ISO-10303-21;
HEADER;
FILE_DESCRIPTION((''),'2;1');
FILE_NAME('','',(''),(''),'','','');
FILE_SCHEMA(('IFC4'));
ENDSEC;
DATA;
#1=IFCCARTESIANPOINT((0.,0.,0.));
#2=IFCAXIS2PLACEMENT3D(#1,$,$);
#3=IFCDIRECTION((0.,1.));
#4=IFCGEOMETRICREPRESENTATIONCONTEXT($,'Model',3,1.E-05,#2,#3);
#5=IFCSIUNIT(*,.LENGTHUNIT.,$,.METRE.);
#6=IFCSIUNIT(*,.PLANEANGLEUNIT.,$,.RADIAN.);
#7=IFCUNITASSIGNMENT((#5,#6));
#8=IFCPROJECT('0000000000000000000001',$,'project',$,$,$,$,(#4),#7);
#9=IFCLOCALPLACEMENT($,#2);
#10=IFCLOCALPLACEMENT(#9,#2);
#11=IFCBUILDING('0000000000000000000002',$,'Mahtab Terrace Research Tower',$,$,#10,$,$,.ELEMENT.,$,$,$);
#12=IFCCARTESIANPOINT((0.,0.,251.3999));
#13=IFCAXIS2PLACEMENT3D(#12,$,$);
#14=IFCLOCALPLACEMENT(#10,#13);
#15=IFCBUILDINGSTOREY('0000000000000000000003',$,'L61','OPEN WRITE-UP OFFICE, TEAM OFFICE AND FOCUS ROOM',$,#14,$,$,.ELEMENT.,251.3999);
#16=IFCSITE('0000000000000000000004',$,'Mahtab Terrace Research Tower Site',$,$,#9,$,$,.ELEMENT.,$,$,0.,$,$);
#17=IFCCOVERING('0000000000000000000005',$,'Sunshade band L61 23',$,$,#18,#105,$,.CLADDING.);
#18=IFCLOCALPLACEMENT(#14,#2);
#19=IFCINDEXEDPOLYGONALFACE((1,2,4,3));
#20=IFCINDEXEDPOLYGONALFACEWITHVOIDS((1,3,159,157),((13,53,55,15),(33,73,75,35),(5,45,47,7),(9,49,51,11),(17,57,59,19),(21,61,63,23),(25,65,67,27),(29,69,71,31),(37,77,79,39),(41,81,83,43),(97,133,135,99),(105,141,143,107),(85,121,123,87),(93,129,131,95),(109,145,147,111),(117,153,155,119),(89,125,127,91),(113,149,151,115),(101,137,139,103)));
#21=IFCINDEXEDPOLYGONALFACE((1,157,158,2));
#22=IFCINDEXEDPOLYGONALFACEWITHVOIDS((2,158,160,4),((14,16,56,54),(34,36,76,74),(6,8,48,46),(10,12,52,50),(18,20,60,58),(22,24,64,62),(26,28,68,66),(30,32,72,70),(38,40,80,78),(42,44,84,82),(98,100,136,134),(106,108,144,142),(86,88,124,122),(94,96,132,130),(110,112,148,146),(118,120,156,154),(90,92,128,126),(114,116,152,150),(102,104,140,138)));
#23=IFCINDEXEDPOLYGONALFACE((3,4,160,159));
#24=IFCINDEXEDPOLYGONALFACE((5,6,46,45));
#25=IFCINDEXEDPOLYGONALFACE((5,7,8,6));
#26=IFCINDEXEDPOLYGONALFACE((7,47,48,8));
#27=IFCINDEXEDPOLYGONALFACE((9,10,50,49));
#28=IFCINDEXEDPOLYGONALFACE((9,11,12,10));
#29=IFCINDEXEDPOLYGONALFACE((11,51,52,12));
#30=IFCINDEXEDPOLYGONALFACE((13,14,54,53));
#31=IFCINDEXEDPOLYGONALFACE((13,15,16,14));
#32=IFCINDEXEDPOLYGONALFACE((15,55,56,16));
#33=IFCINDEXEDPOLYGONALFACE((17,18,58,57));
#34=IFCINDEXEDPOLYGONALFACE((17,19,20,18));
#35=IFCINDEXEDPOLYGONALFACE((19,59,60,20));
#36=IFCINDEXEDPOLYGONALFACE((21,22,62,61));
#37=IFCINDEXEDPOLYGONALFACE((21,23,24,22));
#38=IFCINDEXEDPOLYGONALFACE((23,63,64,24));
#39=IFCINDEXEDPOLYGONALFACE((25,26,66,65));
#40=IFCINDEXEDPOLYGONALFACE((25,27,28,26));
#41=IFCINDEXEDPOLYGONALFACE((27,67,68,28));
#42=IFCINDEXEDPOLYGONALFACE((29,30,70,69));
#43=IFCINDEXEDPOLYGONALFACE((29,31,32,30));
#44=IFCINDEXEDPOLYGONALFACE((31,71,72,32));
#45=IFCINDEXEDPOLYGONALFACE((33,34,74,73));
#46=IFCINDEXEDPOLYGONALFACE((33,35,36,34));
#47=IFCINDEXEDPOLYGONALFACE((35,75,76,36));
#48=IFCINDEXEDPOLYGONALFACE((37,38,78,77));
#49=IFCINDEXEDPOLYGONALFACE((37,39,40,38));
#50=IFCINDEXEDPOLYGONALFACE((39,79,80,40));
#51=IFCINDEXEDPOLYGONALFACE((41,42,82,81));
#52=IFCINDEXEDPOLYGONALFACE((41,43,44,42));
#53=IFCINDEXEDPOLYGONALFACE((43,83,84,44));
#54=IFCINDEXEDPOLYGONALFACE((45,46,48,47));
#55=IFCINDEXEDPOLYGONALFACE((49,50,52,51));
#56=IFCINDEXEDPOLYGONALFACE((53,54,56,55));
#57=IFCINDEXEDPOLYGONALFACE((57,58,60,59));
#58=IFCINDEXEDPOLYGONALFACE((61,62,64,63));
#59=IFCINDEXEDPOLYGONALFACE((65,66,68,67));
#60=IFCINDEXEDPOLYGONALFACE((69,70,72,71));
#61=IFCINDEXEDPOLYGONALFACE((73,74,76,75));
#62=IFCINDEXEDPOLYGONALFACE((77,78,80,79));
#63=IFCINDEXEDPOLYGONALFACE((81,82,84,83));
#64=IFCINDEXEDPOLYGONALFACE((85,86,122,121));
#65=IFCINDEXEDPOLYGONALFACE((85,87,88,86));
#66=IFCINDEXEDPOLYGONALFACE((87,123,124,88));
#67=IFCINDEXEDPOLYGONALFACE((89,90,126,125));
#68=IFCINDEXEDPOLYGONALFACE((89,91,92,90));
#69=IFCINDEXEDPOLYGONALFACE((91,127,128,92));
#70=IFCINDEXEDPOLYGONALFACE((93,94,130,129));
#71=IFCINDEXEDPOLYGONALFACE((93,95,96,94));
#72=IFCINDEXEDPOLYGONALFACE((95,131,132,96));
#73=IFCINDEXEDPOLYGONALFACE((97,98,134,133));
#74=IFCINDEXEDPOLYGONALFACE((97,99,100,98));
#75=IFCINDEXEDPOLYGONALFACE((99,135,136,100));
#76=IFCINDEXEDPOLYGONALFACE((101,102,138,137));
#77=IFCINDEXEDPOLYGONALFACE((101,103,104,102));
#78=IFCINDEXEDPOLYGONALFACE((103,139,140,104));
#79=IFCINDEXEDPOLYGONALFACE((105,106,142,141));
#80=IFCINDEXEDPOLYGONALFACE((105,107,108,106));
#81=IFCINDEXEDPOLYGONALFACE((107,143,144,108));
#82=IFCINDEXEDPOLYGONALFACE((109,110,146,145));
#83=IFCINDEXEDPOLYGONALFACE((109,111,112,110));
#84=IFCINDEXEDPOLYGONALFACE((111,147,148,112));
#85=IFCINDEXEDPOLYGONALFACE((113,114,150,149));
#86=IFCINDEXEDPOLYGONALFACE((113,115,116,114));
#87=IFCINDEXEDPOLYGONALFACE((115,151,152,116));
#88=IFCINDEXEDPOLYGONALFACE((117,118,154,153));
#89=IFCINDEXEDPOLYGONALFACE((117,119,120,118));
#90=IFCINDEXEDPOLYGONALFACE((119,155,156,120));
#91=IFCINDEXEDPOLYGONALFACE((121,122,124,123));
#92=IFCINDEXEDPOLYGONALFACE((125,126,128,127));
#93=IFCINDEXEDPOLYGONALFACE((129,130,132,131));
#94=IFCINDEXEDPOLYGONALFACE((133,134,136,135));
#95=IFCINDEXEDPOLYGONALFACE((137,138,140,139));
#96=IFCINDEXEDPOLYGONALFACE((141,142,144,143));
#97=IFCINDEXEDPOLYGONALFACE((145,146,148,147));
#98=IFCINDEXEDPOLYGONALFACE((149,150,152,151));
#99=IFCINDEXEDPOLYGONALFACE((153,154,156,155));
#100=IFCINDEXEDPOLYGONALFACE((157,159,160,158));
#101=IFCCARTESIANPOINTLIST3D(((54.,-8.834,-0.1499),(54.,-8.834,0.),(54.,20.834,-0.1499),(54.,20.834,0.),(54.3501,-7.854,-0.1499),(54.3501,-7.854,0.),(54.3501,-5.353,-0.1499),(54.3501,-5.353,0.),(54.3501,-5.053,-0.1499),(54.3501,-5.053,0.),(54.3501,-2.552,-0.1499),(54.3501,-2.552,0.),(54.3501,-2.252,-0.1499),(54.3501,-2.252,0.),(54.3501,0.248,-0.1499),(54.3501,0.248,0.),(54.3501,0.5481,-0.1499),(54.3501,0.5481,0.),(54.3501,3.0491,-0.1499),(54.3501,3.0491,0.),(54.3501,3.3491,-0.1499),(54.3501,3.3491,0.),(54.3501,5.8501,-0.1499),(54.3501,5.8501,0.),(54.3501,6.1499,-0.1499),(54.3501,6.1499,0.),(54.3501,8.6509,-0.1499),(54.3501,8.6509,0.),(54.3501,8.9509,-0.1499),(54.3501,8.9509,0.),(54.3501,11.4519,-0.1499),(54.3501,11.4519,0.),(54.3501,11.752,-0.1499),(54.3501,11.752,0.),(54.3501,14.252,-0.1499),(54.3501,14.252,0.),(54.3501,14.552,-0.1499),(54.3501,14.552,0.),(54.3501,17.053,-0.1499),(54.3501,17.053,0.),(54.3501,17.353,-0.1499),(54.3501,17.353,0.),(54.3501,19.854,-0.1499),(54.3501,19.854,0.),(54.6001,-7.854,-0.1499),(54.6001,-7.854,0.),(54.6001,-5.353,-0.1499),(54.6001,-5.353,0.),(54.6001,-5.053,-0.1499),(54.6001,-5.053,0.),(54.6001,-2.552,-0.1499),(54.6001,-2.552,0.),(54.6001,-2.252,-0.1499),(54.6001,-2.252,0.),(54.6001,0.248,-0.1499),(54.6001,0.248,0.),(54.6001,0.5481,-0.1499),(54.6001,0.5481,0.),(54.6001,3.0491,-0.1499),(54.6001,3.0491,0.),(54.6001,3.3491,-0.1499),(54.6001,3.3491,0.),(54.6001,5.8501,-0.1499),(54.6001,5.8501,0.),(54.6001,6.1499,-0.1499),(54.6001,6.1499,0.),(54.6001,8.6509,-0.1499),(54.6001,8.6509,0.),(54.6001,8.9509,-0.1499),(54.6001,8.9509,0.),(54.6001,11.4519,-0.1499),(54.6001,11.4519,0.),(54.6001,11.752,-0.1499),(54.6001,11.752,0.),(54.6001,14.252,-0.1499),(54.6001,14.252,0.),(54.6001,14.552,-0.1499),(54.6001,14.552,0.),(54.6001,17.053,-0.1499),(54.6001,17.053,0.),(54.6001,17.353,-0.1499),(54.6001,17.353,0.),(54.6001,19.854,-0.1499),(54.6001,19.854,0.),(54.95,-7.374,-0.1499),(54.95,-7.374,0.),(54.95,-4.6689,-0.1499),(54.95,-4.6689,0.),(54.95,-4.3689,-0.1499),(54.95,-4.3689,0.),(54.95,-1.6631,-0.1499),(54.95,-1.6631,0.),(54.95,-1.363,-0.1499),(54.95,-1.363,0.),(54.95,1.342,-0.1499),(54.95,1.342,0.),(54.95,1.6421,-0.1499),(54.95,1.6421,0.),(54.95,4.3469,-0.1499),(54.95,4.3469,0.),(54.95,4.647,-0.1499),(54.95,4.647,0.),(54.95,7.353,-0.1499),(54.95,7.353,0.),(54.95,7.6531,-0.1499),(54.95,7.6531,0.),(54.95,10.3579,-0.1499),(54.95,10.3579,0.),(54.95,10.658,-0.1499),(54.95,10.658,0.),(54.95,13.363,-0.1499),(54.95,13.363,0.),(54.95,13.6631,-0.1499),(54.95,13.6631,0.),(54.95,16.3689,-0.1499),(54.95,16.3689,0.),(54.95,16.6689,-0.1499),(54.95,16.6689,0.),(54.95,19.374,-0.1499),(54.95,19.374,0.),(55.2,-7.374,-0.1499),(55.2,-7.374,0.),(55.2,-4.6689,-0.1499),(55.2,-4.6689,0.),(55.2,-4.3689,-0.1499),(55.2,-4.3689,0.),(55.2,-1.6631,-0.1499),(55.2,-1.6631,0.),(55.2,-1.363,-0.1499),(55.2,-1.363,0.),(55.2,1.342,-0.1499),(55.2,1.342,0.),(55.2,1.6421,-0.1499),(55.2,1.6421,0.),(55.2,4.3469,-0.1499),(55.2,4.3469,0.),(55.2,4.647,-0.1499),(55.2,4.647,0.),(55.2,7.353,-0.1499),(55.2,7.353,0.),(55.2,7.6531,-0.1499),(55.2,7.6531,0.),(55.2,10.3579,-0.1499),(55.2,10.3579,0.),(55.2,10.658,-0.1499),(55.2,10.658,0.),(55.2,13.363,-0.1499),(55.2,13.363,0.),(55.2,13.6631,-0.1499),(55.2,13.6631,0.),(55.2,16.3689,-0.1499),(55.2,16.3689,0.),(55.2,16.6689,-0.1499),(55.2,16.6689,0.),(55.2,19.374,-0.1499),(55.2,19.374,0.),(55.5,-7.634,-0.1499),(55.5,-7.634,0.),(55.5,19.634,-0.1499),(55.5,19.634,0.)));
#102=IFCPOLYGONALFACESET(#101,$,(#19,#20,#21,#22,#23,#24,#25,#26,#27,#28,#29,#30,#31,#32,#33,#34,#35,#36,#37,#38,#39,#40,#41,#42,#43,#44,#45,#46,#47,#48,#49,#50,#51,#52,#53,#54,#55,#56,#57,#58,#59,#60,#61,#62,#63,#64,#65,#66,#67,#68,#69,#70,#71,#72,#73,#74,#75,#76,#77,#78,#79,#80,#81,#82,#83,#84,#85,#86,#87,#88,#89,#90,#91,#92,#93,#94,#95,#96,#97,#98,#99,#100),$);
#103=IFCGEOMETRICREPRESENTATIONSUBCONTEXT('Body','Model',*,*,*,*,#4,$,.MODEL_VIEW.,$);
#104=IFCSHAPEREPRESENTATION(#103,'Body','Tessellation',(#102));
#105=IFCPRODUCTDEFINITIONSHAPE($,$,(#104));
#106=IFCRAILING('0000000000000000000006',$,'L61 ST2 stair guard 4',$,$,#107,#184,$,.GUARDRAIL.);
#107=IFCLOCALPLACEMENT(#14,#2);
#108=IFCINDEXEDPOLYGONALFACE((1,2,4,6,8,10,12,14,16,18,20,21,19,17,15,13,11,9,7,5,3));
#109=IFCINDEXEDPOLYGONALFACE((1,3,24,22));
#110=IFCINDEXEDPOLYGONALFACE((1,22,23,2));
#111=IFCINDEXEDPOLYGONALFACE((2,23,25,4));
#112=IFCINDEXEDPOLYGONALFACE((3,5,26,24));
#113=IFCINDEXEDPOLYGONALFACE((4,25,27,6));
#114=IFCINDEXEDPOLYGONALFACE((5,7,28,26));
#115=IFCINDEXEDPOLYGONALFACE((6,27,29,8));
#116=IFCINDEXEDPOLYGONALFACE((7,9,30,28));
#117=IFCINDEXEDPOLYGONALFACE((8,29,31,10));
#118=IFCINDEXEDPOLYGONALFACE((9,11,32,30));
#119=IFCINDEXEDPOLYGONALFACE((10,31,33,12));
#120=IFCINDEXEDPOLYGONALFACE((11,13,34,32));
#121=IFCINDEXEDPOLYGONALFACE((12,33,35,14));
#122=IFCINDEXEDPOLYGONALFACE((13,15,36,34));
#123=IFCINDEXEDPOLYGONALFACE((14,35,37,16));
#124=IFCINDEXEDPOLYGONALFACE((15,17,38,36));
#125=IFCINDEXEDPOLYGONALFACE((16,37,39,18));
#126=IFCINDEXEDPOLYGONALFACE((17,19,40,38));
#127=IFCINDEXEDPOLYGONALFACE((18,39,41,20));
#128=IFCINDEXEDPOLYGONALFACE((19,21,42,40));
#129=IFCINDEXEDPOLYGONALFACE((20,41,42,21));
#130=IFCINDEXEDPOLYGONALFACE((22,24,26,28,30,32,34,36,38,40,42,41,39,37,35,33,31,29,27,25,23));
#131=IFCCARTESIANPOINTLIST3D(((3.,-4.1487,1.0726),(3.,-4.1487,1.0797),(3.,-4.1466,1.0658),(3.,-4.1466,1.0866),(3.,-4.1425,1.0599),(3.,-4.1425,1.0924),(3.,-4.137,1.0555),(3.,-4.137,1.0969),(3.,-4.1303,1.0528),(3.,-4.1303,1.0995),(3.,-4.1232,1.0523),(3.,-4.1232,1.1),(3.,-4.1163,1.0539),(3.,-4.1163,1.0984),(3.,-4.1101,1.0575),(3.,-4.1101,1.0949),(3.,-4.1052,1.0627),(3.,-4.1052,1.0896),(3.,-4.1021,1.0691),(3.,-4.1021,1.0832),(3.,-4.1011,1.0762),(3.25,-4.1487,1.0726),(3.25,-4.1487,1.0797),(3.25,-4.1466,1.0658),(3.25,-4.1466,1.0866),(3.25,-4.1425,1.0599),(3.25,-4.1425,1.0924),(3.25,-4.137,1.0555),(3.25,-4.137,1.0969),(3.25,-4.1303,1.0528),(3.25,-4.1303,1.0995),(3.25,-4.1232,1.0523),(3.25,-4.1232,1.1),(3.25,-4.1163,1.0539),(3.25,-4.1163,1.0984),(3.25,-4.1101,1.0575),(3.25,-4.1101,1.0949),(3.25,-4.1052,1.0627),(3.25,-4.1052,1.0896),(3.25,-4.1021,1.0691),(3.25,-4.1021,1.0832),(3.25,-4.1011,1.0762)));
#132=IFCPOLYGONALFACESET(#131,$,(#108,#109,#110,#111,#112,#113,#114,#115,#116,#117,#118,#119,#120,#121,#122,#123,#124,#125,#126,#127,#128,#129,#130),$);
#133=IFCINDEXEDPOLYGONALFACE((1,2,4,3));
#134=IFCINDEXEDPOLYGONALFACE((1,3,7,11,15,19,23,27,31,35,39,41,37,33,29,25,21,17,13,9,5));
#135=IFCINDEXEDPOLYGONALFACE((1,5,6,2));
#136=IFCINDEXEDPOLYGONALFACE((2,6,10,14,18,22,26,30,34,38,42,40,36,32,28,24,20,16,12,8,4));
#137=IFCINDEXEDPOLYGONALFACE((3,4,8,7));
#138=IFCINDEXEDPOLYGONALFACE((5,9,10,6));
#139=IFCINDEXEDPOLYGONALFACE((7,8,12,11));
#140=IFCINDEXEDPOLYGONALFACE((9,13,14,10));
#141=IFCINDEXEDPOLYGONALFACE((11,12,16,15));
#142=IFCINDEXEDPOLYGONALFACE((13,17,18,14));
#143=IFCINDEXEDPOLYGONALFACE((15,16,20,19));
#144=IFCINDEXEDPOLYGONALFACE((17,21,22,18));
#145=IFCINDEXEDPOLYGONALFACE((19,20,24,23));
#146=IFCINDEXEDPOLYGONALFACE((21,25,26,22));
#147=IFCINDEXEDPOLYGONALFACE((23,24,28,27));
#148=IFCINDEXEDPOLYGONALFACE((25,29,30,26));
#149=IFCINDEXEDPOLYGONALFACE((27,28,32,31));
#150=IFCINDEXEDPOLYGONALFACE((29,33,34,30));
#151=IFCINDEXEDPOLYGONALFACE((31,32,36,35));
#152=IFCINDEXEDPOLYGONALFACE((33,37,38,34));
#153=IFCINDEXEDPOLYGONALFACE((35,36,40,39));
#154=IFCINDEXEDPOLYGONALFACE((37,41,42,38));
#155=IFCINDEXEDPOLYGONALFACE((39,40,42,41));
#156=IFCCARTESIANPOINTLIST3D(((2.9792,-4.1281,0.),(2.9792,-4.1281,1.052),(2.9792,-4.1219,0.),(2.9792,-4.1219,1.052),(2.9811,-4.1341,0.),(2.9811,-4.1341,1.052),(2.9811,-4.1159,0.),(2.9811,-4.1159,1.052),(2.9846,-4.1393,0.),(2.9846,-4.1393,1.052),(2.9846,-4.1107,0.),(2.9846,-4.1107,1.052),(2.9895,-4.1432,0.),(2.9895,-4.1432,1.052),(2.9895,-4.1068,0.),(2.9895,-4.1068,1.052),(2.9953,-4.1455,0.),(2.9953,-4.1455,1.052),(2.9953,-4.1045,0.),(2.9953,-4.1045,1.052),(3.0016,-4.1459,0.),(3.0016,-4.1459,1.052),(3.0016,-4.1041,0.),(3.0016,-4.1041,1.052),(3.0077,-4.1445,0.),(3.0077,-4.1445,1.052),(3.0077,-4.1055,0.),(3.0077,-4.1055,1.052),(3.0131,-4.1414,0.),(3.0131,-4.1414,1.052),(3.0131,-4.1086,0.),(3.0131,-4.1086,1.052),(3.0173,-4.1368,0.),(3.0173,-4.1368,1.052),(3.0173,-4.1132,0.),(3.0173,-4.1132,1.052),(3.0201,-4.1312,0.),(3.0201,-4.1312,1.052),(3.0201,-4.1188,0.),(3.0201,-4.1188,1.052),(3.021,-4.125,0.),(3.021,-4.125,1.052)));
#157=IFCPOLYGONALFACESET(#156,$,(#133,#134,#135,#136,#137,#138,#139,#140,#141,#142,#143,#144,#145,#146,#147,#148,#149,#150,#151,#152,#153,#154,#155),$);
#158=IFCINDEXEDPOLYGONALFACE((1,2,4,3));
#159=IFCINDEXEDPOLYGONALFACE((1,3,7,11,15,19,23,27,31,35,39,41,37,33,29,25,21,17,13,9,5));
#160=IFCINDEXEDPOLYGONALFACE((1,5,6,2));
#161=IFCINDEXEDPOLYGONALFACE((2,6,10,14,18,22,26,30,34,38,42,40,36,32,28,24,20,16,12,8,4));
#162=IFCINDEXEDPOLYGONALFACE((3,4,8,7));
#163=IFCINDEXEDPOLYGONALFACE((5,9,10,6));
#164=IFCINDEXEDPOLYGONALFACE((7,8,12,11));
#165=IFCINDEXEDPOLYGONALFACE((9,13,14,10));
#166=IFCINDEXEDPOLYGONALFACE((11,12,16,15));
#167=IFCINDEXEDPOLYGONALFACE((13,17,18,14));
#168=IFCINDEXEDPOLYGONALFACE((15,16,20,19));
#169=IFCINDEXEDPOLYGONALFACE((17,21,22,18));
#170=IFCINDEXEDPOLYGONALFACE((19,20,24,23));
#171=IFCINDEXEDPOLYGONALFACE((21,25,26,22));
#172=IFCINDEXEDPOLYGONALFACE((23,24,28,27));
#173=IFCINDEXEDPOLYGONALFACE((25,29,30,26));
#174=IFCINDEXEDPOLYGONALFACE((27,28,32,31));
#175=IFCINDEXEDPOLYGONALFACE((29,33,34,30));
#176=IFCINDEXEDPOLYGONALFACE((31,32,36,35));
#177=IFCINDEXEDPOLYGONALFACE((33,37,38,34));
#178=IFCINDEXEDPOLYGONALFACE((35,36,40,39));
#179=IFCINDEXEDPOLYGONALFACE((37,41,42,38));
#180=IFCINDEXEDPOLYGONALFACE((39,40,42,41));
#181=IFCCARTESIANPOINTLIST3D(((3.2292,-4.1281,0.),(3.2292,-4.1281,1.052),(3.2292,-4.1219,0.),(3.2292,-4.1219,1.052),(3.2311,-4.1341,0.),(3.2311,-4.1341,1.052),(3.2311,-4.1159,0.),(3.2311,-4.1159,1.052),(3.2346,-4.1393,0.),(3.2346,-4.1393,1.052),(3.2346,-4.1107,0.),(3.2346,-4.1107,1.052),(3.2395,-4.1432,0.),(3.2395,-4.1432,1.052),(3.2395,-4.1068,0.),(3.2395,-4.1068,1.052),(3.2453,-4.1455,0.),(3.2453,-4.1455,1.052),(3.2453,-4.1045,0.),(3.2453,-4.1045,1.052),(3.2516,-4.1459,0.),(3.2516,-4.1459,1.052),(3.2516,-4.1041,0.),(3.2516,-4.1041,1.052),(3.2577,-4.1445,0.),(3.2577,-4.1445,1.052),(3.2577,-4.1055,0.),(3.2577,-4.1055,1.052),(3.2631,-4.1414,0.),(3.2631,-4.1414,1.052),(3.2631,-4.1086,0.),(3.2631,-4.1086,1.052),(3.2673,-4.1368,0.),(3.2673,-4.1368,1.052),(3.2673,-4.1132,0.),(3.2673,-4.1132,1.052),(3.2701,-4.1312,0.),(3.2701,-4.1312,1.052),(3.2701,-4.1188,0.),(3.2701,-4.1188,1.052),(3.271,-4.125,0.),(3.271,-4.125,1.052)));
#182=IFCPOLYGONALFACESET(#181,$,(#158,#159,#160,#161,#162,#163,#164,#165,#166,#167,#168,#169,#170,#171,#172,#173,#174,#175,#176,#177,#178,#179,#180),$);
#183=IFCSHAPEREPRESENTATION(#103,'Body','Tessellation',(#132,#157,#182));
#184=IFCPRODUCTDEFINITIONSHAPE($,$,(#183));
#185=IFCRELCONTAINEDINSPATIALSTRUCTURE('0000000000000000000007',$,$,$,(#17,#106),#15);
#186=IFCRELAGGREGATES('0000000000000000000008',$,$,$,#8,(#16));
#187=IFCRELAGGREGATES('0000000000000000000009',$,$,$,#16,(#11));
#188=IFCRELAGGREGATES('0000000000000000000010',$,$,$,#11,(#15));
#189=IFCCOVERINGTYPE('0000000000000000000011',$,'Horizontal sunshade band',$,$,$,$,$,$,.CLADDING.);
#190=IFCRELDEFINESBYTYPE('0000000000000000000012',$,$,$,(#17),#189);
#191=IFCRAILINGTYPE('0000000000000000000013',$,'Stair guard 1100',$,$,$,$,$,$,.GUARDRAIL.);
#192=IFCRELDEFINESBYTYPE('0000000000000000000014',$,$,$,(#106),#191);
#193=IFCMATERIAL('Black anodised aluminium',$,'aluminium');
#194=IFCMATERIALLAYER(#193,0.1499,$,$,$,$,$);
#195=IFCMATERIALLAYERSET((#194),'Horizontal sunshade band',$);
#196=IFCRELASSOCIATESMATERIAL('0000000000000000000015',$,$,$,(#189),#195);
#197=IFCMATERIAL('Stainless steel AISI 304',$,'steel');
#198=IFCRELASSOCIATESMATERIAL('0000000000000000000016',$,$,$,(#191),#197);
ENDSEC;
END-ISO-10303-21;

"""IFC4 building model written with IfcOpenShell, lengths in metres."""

from ifc_helpers import new_model, si_unit, direction, frame, origin, origin_2d, place, context, subcontext, project, spatial, polyline, circle, outline, extrude, material, layer, layer_set, type_object, element, save


model = new_model("IFC4")

# Units and contexts
model_context = context("Model", 3, precision=1e-05, world=origin(), true_north=direction((0.0, 1.0)))
body_context = subcontext(model_context, "Body", "Model", "MODEL_VIEW")
ifc_project = project(units=[si_unit("LENGTHUNIT", "METRE"), si_unit("PLANEANGLEUNIT", "RADIAN")], contexts=[model_context])

# Site, building, storey
site_placement = place(None, origin())
site = spatial("IfcSite", under=ifc_project, at=site_placement, Name="Mahtab Terrace Research Tower Site", CompositionType="ELEMENT", RefElevation=0.0)
building_placement = place(site_placement, origin())
building = spatial("IfcBuilding", under=site, at=building_placement, Name="Mahtab Terrace Research Tower", CompositionType="ELEMENT")
storey_placement = place(building_placement, frame((0.0, 0.0, 251.3999)))
storey = spatial("IfcBuildingStorey", under=building, at=storey_placement, Name="L61", Description="OPEN WRITE-UP OFFICE, TEAM OFFICE AND FOCUS ROOM", CompositionType="ELEMENT", Elevation=251.3999)

# Covering
ifc_material_1 = material(Name="Black anodised aluminium", Category="aluminium")
ifc_layer_1 = layer(ifc_material_1, 0.1499)
ifc_layer_set_1 = layer_set([ifc_layer_1], Name="Horizontal sunshade band")
covering_type_1 = type_object("IfcCoveringType", Name="Horizontal sunshade band", PredefinedType="CLADDING", material=ifc_layer_set_1)
covering_1_placement = place(storey_placement, frame((0.0, 0.0, -0.1499)))
element("IfcCovering", 1, at=covering_1_placement, inside=storey, type_object=covering_type_1, Name="Sunshade band L61 23", PredefinedType="CLADDING", context=body_context, shape_type="SweptSolid", body=[
    extrude(outline(polyline([(54.0, -8.834), (54.0, 20.834), (55.5, 19.634), (55.5, -7.634), (54.0, -8.834)]), holes=[polyline([(54.3501, -7.854), (54.3501, -5.353), (54.6001, -5.353), (54.6001, -7.854), (54.3501, -7.854)]), polyline([(54.3501, -5.053), (54.3501, -2.552), (54.6001, -2.552), (54.6001, -5.053), (54.3501, -5.053)]), polyline([(54.3501, -2.252), (54.3501, 0.248), (54.6001, 0.248), (54.6001, -2.252), (54.3501, -2.252)]), polyline([(54.3501, 0.5481), (54.3501, 3.0491), (54.6001, 3.0491), (54.6001, 0.5481), (54.3501, 0.5481)]), polyline([(54.3501, 3.3491), (54.3501, 5.8501), (54.6001, 5.8501), (54.6001, 3.3491), (54.3501, 3.3491)]), polyline([(54.3501, 6.1499), (54.3501, 8.6509), (54.6001, 8.6509), (54.6001, 6.1499), (54.3501, 6.1499)]), polyline([(54.3501, 8.9509), (54.3501, 11.4519), (54.6001, 11.4519), (54.6001, 8.9509), (54.3501, 8.9509)]), polyline([(54.3501, 11.752), (54.3501, 14.252), (54.6001, 14.252), (54.6001, 11.752), (54.3501, 11.752)]), polyline([(54.3501, 14.552), (54.3501, 17.053), (54.6001, 17.053), (54.6001, 14.552), (54.3501, 14.552)]), polyline([(54.3501, 17.353), (54.3501, 19.854), (54.6001, 19.854), (54.6001, 17.353), (54.3501, 17.353)]), polyline([(54.95, -7.374), (54.95, -4.6689), (55.2, -4.6689), (55.2, -7.374), (54.95, -7.374)]), polyline([(54.95, -4.3689), (54.95, -1.6631), (55.2, -1.6631), (55.2, -4.3689), (54.95, -4.3689)]), polyline([(54.95, -1.363), (54.95, 1.342), (55.2, 1.342), (55.2, -1.363), (54.95, -1.363)]), polyline([(54.95, 1.6421), (54.95, 4.3469), (55.2, 4.3469), (55.2, 1.6421), (54.95, 1.6421)]), polyline([(54.95, 4.647), (54.95, 7.353), (55.2, 7.353), (55.2, 4.647), (54.95, 4.647)]), polyline([(54.95, 7.6531), (54.95, 10.3579), (55.2, 10.3579), (55.2, 7.6531), (54.95, 7.6531)]), polyline([(54.95, 10.658), (54.95, 13.363), (55.2, 13.363), (55.2, 10.658), (54.95, 10.658)]), polyline([(54.95, 13.6631), (54.95, 16.3689), (55.2, 16.3689), (55.2, 13.6631), (54.95, 13.6631)]), polyline([(54.95, 16.6689), (54.95, 19.374), (55.2, 19.374), (55.2, 16.6689), (54.95, 16.6689)])]), origin(), (0.0, 0.0, 1.0), 0.1499),
])

# Railing
ifc_material_2 = material(Name="Stainless steel AISI 304", Category="steel")
railing_type = type_object("IfcRailingType", Name="Stair guard 1100", PredefinedType="GUARDRAIL", material=ifc_material_2)
railing_placement = place(storey_placement, frame((3.0, -4.125, 0.0)))
element("IfcRailing", 2, at=railing_placement, inside=storey, type_object=railing_type, Name="L61 ST2 stair guard 4", PredefinedType="GUARDRAIL", context=body_context, shape_type="SweptSolid", body=[
    extrude(circle(Radius=0.0239, at=origin_2d()), frame((0.0, 0.0, 1.0762), z_axis=(1.0, 0.0, 0.0), x_axis=(0.0, 1.0, 0.0)), (0.0, 0.0, 1.0), 0.25),
    extrude(circle(Radius=0.021, at=origin_2d()), origin(), (0.0, 0.0, 1.0), 1.052),
    extrude(circle(Radius=0.021, at=origin_2d()), frame((0.25, 0.0, 0.0)), (0.0, 0.0, 1.0), 1.052),
])

save(model, "model.ifc")
